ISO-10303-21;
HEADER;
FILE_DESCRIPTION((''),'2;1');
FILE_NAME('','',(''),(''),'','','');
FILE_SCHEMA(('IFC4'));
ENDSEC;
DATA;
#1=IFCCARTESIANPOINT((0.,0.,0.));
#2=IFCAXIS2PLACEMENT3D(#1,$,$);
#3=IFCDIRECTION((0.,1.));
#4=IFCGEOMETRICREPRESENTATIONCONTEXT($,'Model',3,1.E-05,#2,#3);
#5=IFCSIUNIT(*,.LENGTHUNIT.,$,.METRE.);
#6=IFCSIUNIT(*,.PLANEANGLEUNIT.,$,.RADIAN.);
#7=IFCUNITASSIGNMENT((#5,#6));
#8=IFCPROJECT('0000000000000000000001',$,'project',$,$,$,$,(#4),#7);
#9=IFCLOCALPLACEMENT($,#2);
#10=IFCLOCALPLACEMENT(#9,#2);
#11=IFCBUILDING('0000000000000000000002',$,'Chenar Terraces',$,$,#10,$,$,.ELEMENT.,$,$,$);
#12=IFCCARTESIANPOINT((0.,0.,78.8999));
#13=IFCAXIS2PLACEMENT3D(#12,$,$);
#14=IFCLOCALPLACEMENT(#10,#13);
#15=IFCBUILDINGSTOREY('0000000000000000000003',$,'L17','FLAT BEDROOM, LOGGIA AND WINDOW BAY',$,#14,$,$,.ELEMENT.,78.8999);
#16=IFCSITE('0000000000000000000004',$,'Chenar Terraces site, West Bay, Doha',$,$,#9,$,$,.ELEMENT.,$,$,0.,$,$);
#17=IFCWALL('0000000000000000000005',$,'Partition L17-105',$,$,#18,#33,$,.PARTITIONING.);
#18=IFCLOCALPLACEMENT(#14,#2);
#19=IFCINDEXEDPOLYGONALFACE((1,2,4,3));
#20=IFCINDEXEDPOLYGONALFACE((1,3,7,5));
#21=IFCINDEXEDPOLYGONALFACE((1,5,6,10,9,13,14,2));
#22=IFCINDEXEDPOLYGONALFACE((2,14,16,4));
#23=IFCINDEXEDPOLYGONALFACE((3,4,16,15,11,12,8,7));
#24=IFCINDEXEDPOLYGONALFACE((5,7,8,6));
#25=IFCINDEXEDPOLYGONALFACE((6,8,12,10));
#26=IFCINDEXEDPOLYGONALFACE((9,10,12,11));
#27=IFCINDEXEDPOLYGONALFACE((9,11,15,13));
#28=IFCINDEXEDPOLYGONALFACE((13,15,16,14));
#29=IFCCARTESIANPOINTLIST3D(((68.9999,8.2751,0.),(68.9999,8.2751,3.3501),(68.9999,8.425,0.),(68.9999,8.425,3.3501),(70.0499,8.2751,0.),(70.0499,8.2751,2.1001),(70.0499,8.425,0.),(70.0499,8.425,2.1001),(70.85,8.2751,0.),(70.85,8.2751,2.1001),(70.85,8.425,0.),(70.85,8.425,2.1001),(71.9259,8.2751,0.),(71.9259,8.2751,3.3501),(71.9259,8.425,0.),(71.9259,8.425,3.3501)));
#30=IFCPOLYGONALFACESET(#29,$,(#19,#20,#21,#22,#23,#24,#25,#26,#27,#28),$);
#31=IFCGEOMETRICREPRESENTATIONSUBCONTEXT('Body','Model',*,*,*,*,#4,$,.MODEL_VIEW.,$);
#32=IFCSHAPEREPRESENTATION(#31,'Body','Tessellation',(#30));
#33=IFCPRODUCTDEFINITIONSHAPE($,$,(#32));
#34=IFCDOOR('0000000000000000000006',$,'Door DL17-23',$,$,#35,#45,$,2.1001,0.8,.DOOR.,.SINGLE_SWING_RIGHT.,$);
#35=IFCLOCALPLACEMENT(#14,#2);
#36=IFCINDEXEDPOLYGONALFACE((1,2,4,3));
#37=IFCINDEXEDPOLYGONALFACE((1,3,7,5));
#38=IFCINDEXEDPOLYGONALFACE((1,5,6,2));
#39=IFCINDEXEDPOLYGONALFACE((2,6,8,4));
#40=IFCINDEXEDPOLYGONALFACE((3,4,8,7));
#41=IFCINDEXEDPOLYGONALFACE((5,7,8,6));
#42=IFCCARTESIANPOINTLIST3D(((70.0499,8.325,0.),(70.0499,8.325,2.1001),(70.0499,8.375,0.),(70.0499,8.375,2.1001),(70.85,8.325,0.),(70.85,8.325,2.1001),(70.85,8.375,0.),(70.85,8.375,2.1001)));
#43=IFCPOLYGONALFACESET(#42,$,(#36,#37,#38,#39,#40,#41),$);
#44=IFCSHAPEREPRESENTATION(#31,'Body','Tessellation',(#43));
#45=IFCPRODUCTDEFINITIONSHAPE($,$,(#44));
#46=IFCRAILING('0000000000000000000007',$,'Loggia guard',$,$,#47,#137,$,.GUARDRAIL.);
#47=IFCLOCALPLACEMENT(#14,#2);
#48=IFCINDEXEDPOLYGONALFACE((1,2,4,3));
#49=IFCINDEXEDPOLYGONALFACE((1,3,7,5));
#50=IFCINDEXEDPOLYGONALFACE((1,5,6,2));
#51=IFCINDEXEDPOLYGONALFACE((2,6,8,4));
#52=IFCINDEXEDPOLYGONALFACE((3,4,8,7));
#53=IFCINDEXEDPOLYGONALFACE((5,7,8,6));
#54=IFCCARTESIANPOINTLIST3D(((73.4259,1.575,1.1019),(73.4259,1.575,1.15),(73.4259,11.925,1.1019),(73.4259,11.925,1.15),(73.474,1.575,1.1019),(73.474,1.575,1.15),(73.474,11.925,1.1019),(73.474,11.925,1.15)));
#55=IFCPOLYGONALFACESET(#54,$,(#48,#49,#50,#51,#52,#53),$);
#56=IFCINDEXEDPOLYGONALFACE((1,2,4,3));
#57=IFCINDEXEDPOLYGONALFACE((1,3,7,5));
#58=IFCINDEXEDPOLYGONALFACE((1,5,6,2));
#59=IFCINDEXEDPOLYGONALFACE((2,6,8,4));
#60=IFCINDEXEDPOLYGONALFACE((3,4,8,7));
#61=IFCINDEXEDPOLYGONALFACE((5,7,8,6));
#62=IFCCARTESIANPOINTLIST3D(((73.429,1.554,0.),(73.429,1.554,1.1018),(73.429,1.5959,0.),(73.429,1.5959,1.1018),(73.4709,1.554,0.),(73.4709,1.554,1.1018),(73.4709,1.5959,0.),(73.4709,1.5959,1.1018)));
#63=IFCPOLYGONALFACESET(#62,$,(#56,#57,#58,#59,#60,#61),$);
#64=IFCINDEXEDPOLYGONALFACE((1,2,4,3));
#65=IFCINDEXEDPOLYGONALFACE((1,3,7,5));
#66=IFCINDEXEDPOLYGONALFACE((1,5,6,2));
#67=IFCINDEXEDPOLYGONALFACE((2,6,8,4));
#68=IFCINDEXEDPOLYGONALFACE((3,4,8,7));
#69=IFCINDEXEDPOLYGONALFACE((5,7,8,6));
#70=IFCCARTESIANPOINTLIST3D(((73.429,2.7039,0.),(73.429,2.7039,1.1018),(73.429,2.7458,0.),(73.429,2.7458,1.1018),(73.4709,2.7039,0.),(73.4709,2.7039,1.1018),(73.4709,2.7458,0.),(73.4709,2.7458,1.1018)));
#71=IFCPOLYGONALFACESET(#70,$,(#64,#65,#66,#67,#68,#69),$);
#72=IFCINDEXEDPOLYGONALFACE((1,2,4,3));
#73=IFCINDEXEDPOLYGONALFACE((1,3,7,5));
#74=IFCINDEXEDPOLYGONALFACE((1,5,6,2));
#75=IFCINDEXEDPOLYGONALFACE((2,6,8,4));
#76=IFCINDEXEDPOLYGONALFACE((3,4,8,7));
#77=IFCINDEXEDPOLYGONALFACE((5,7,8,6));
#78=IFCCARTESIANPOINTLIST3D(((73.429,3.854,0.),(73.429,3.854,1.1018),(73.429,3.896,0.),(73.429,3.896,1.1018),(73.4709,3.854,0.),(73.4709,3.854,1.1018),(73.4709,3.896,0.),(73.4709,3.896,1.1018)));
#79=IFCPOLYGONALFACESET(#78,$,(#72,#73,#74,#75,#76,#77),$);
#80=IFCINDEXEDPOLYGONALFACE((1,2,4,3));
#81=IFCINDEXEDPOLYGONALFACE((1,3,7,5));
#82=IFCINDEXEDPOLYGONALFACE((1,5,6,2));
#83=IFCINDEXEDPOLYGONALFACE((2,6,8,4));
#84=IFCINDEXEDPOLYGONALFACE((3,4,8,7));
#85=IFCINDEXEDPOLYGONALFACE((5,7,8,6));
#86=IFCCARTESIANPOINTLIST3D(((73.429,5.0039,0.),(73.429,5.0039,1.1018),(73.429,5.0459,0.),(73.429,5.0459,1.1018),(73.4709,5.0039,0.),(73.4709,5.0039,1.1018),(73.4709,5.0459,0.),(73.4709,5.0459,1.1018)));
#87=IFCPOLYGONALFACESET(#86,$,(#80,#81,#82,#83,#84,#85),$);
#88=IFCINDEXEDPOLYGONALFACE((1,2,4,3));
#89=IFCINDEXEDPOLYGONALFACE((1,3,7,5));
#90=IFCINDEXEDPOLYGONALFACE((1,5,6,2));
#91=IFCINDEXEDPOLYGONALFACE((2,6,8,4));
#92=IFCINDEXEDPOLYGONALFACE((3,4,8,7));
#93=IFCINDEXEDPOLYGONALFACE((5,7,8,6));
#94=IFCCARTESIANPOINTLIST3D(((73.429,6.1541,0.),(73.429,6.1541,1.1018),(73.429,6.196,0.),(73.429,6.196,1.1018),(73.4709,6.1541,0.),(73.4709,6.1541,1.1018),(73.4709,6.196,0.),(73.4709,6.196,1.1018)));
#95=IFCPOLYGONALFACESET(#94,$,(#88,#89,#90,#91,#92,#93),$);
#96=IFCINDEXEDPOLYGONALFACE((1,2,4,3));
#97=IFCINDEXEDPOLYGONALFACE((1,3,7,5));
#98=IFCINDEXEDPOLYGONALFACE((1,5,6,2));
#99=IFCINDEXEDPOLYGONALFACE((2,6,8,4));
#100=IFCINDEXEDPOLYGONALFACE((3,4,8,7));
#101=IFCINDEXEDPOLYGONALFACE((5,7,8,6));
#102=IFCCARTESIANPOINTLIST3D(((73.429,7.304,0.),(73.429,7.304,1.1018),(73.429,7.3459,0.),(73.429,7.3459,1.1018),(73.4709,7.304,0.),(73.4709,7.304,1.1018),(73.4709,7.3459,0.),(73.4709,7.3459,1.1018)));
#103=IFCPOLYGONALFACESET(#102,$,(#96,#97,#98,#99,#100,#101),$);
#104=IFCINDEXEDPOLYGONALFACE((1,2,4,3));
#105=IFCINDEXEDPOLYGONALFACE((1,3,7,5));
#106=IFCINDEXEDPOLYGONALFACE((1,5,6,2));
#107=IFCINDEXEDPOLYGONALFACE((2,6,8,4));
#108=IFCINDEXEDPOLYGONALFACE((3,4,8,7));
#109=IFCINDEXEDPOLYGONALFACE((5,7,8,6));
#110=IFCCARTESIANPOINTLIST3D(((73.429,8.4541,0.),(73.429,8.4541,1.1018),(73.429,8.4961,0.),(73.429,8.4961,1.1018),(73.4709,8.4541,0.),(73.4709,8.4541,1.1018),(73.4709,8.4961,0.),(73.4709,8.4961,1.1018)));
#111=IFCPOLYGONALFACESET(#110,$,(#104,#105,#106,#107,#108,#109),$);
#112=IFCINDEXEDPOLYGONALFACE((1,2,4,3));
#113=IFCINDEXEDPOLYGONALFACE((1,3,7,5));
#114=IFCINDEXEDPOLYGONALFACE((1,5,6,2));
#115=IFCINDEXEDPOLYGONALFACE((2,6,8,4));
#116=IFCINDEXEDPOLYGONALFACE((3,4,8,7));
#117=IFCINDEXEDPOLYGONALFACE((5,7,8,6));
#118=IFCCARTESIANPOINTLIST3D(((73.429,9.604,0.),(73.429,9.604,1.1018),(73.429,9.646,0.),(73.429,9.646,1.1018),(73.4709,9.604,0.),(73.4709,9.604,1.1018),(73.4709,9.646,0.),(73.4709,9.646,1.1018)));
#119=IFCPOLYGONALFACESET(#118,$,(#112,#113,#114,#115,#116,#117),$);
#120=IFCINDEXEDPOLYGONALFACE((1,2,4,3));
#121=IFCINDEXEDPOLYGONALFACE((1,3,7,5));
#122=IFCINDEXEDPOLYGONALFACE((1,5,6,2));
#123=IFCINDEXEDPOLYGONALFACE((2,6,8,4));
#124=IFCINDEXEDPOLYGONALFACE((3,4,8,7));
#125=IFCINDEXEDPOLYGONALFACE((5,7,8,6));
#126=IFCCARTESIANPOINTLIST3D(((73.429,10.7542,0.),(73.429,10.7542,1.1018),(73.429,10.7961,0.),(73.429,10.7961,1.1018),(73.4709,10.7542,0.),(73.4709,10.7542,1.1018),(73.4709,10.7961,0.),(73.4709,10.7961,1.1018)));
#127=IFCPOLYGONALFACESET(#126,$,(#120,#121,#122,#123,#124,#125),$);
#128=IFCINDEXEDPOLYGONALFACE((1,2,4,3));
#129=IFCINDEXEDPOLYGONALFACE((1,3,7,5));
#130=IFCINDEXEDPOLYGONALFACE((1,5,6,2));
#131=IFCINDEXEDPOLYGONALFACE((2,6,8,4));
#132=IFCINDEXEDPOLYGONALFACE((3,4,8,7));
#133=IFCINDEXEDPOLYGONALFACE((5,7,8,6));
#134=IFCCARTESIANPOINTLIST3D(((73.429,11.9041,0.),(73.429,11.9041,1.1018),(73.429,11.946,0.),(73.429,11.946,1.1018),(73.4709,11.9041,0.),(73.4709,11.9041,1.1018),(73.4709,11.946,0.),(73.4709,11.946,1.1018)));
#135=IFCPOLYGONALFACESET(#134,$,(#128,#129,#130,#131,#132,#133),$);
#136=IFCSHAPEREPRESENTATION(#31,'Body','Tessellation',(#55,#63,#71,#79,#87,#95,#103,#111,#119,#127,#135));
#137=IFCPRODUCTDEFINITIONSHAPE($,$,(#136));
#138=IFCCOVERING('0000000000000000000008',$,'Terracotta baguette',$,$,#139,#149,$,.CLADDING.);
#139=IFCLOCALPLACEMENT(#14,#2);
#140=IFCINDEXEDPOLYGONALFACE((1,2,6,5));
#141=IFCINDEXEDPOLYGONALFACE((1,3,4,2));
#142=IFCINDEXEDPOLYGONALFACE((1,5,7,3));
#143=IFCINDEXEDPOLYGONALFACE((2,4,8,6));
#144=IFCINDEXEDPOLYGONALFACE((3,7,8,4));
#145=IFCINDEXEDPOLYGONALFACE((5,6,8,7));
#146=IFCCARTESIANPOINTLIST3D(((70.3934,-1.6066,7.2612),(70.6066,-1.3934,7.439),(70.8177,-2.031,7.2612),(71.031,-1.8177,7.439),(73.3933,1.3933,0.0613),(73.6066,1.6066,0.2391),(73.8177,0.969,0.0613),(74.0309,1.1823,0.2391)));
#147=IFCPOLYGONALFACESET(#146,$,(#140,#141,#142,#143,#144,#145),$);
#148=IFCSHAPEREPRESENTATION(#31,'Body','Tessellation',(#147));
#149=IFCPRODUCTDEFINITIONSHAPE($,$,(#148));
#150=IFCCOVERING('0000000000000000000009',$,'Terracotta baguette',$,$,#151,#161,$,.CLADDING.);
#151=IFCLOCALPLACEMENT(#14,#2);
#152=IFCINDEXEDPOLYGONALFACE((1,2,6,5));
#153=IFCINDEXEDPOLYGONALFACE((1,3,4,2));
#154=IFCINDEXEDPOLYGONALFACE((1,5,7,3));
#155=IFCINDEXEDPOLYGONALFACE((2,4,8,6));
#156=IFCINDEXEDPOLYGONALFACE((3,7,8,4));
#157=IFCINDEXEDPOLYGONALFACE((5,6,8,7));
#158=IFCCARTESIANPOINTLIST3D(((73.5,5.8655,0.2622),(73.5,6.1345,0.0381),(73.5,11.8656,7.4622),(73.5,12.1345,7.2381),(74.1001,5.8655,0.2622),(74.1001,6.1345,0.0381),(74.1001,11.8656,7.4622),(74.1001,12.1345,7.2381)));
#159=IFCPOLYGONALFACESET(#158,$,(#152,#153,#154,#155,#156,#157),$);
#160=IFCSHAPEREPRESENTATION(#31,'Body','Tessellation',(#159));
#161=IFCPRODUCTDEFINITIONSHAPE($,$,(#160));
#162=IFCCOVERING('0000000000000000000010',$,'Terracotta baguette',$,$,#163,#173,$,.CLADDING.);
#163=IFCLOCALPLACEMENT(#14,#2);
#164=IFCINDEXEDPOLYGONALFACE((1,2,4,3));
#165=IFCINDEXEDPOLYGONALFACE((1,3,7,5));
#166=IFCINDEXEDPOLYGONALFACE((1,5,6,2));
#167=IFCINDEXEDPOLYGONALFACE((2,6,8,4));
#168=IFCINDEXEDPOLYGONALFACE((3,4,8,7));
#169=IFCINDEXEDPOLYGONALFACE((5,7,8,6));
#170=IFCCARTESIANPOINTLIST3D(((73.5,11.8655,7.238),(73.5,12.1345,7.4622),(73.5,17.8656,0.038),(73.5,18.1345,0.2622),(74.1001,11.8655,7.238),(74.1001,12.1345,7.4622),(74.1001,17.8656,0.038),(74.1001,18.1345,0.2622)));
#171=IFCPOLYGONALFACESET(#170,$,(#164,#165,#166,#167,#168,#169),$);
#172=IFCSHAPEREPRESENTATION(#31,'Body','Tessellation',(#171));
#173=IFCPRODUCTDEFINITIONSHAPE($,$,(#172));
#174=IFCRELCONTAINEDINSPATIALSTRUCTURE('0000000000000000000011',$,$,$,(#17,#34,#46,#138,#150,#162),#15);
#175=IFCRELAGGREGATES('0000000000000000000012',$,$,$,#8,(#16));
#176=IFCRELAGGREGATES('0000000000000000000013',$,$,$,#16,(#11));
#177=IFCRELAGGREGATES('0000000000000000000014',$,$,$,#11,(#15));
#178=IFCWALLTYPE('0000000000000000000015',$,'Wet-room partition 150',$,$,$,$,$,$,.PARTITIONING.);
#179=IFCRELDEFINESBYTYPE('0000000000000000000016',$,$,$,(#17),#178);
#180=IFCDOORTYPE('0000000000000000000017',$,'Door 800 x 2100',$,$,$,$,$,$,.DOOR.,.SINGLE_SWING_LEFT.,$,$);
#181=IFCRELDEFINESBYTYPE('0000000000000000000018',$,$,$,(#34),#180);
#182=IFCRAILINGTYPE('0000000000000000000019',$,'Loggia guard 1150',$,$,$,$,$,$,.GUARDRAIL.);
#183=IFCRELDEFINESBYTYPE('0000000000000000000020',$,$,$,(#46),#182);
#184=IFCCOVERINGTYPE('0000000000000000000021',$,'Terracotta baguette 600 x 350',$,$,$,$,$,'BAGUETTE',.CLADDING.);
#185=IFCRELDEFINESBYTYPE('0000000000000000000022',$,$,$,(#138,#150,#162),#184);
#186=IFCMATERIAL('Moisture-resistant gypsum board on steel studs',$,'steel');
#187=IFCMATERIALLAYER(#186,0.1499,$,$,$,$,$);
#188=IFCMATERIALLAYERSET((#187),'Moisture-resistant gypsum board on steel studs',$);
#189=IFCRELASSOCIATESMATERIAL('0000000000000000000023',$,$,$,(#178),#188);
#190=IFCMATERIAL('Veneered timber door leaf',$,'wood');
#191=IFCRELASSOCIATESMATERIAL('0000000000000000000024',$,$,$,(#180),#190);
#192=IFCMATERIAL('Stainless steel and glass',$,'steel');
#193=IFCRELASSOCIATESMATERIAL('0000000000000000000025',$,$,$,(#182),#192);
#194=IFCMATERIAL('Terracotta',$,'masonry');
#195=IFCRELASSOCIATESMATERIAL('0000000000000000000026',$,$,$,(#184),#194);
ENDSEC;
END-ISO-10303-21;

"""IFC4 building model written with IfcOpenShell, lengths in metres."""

from ifc_helpers import new_model, si_unit, direction, frame, frame_2d, origin, origin_2d, place, context, subcontext, project, spatial, rectangle, extrude, material, layer, layer_set, material_profile, profile_set, type_object, element, fill, save


model = new_model("IFC4")

# Units and contexts
model_context = context("Model", 3, precision=1e-05, world=origin(), true_north=direction((0.0, 1.0)))
body_context = subcontext(model_context, "Body", "Model", "MODEL_VIEW")
ifc_project = project(units=[si_unit("LENGTHUNIT", "METRE"), si_unit("PLANEANGLEUNIT", "RADIAN")], contexts=[model_context])

# Site, building, storey
site_placement = place(None, origin())
site = spatial("IfcSite", under=ifc_project, at=site_placement, Name="Chenar Terraces site, West Bay, Doha", CompositionType="ELEMENT", RefElevation=0.0)
building_placement = place(site_placement, origin())
building = spatial("IfcBuilding", under=site, at=building_placement, Name="Chenar Terraces", CompositionType="ELEMENT")
storey_placement = place(building_placement, frame((0.0, 0.0, 78.8999)))
storey = spatial("IfcBuildingStorey", under=building, at=storey_placement, Name="L17", Description="FLAT BEDROOM, LOGGIA AND WINDOW BAY", CompositionType="ELEMENT", Elevation=78.8999)

# Shared definitions
ifc_material_1 = material(Name="Moisture-resistant gypsum board on steel studs", Category="steel")
ifc_layer_1 = layer(ifc_material_1, 0.1499)
ifc_layer_set_1 = layer_set([ifc_layer_1], Name="Moisture-resistant gypsum board on steel studs")
wall_type_1 = type_object("IfcWallType", Name="Wet-room partition 150", PredefinedType="PARTITIONING", material=ifc_layer_set_1)

# Shared definitions
ifc_material_2 = material(Name="Veneered timber door leaf", Category="wood")
door_type_1 = type_object("IfcDoorType", Name="Door 800 x 2100", OperationType="SINGLE_SWING_LEFT", PredefinedType="DOOR", material=ifc_material_2)

# Wall, opening, door
wall_1_placement = place(storey_placement, frame((69.0, 8.3501, 0.0), z_axis=(0.0, 0.0, 1.0), x_axis=(1.0, 0.0, 0.0)))
wall_1 = element("IfcWall", 1, at=wall_1_placement, inside=storey, type_object=wall_type_1, Name="Partition L17-105", PredefinedType="PARTITIONING", context=body_context, shape_type="SweptSolid", body=[
    extrude(rectangle(XDim=2.926, YDim=0.1499, at=frame_2d((1.4629, 0.0))), origin(), (0.0, 0.0, 1.0), 3.3501),
])
opening_1_placement = place(wall_1_placement, frame((1.05, 0.0, 0.0)))
opening_1 = element("IfcOpeningElement", 2, at=opening_1_placement, cuts=wall_1, PredefinedType="OPENING", context=body_context, shape_type="SweptSolid", body=[
    extrude(rectangle(XDim=0.8, YDim=2.1001, at=frame_2d((0.3999, 1.05))), frame((0.0, 0.085, 0.0), z_axis=(0.0, -1.0, 0.0), x_axis=(1.0, 0.0, 0.0)), (0.0, 0.0, 1.0), 0.1699),
])
door_1_placement = place(opening_1_placement, origin())
door_1 = element("IfcDoor", 3, at=door_1_placement, inside=storey, type_object=door_type_1, Name="Door DL17-23", OperationType="SINGLE_SWING_RIGHT", OverallHeight=2.1001, OverallWidth=0.8, PredefinedType="DOOR", context=body_context, shape_type="SweptSolid", body=[
    extrude(rectangle(XDim=0.8, YDim=2.1001, at=frame_2d((0.3999, 1.05))), frame((0.0, 0.0249, 0.0), z_axis=(0.0, -1.0, 0.0), x_axis=(1.0, 0.0, 0.0)), (0.0, 0.0, 1.0), 0.05),
])
fill(opening_1, door_1)

# Railing
ifc_material_3 = material(Name="Stainless steel and glass", Category="steel")
railing_type = type_object("IfcRailingType", Name="Loggia guard 1150", PredefinedType="GUARDRAIL", material=ifc_material_3)
railing_placement = place(storey_placement, frame((73.45, 1.575, 0.0)))
element("IfcRailing", 4, at=railing_placement, inside=storey, type_object=railing_type, Name="Loggia guard", PredefinedType="GUARDRAIL", context=body_context, shape_type="SweptSolid", body=[
    extrude(rectangle(XDim=0.0481, YDim=0.0481, at=origin_2d()), frame((0.0, 0.0, 1.126), z_axis=(0.0, 1.0, 0.0), x_axis=(-1.0, 0.0, 0.0)), (0.0, 0.0, 1.0), 10.3501),
    extrude(rectangle(XDim=0.042, YDim=0.042, at=origin_2d()), origin(), (0.0, 0.0, 1.0), 1.1018),
    extrude(rectangle(XDim=0.042, YDim=0.042, at=origin_2d()), frame((0.0, 1.1499, 0.0)), (0.0, 0.0, 1.0), 1.1018),
    extrude(rectangle(XDim=0.042, YDim=0.042, at=origin_2d()), frame((0.0, 2.3, 0.0)), (0.0, 0.0, 1.0), 1.1018),
    extrude(rectangle(XDim=0.042, YDim=0.042, at=origin_2d()), frame((0.0, 3.45, 0.0)), (0.0, 0.0, 1.0), 1.1018),
    extrude(rectangle(XDim=0.042, YDim=0.042, at=origin_2d()), frame((0.0, 4.6001, 0.0)), (0.0, 0.0, 1.0), 1.1018),
    extrude(rectangle(XDim=0.042, YDim=0.042, at=origin_2d()), frame((0.0, 5.75, 0.0)), (0.0, 0.0, 1.0), 1.1018),
    extrude(rectangle(XDim=0.042, YDim=0.042, at=origin_2d()), frame((0.0, 6.9001, 0.0)), (0.0, 0.0, 1.0), 1.1018),
    extrude(rectangle(XDim=0.042, YDim=0.042, at=origin_2d()), frame((0.0, 8.05, 0.0)), (0.0, 0.0, 1.0), 1.1018),
    extrude(rectangle(XDim=0.042, YDim=0.042, at=origin_2d()), frame((0.0, 9.2002, 0.0)), (0.0, 0.0, 1.0), 1.1018),
    extrude(rectangle(XDim=0.042, YDim=0.042, at=origin_2d()), frame((0.0, 10.3501, 0.0)), (0.0, 0.0, 1.0), 1.1018),
])

# Coverings
ifc_material_4 = material(Name="Terracotta", Category="masonry")
ifc_material_profile_1 = material_profile(ifc_material_4, rectangle(XDim=0.6001, YDim=0.3501, at=origin_2d()), Name="Terracotta baguette 600 x 350")
ifc_profile_set_1 = profile_set([ifc_material_profile_1], Name="Terracotta")
covering_type = type_object("IfcCoveringType", Name="Terracotta baguette 600 x 350", ElementType="BAGUETTE", PredefinedType="CLADDING", material=ifc_profile_set_1)
covering_placement = place(storey_placement, frame((70.7122, -1.7122, 7.3501), z_axis=(0.358981, 0.358981, -0.861548), x_axis=(-0.707107, 0.707107, 0.0)))
element("IfcCovering", 5, at=covering_placement, inside=storey, type_object=covering_type, Name="Terracotta baguette", PredefinedType="CLADDING", context=body_context, shape_type="SweptSolid", body=[
    extrude(rectangle(XDim=0.6001, YDim=0.3501, at=origin_2d()), origin(), (0.0, 0.0, 1.0), 8.3569),
])
for number, where, z_axis, x_axis, name in (
    (6, (73.8, 6.0, 0.1501), (0.0, 0.640187, 0.768219), (-1.0, 0.0, 0.0), "Terracotta baguette"),
    (7, (73.8, 12.0, 7.3501), (0.0, 0.640187, -0.768219), (-1.0, 0.0, 0.0), "Terracotta baguette"),
):
    element("IfcCovering", number, at=place(storey_placement, frame(where, z_axis=z_axis, x_axis=x_axis)), inside=storey, type_object=covering_type, Name=name, PredefinedType="CLADDING", context=body_context, shape_type="SweptSolid", body=[
        extrude(rectangle(XDim=0.6001, YDim=0.3501, at=origin_2d()), origin(), (0.0, 0.0, 1.0), 9.3723),
    ])

save(model, "model.ifc")
